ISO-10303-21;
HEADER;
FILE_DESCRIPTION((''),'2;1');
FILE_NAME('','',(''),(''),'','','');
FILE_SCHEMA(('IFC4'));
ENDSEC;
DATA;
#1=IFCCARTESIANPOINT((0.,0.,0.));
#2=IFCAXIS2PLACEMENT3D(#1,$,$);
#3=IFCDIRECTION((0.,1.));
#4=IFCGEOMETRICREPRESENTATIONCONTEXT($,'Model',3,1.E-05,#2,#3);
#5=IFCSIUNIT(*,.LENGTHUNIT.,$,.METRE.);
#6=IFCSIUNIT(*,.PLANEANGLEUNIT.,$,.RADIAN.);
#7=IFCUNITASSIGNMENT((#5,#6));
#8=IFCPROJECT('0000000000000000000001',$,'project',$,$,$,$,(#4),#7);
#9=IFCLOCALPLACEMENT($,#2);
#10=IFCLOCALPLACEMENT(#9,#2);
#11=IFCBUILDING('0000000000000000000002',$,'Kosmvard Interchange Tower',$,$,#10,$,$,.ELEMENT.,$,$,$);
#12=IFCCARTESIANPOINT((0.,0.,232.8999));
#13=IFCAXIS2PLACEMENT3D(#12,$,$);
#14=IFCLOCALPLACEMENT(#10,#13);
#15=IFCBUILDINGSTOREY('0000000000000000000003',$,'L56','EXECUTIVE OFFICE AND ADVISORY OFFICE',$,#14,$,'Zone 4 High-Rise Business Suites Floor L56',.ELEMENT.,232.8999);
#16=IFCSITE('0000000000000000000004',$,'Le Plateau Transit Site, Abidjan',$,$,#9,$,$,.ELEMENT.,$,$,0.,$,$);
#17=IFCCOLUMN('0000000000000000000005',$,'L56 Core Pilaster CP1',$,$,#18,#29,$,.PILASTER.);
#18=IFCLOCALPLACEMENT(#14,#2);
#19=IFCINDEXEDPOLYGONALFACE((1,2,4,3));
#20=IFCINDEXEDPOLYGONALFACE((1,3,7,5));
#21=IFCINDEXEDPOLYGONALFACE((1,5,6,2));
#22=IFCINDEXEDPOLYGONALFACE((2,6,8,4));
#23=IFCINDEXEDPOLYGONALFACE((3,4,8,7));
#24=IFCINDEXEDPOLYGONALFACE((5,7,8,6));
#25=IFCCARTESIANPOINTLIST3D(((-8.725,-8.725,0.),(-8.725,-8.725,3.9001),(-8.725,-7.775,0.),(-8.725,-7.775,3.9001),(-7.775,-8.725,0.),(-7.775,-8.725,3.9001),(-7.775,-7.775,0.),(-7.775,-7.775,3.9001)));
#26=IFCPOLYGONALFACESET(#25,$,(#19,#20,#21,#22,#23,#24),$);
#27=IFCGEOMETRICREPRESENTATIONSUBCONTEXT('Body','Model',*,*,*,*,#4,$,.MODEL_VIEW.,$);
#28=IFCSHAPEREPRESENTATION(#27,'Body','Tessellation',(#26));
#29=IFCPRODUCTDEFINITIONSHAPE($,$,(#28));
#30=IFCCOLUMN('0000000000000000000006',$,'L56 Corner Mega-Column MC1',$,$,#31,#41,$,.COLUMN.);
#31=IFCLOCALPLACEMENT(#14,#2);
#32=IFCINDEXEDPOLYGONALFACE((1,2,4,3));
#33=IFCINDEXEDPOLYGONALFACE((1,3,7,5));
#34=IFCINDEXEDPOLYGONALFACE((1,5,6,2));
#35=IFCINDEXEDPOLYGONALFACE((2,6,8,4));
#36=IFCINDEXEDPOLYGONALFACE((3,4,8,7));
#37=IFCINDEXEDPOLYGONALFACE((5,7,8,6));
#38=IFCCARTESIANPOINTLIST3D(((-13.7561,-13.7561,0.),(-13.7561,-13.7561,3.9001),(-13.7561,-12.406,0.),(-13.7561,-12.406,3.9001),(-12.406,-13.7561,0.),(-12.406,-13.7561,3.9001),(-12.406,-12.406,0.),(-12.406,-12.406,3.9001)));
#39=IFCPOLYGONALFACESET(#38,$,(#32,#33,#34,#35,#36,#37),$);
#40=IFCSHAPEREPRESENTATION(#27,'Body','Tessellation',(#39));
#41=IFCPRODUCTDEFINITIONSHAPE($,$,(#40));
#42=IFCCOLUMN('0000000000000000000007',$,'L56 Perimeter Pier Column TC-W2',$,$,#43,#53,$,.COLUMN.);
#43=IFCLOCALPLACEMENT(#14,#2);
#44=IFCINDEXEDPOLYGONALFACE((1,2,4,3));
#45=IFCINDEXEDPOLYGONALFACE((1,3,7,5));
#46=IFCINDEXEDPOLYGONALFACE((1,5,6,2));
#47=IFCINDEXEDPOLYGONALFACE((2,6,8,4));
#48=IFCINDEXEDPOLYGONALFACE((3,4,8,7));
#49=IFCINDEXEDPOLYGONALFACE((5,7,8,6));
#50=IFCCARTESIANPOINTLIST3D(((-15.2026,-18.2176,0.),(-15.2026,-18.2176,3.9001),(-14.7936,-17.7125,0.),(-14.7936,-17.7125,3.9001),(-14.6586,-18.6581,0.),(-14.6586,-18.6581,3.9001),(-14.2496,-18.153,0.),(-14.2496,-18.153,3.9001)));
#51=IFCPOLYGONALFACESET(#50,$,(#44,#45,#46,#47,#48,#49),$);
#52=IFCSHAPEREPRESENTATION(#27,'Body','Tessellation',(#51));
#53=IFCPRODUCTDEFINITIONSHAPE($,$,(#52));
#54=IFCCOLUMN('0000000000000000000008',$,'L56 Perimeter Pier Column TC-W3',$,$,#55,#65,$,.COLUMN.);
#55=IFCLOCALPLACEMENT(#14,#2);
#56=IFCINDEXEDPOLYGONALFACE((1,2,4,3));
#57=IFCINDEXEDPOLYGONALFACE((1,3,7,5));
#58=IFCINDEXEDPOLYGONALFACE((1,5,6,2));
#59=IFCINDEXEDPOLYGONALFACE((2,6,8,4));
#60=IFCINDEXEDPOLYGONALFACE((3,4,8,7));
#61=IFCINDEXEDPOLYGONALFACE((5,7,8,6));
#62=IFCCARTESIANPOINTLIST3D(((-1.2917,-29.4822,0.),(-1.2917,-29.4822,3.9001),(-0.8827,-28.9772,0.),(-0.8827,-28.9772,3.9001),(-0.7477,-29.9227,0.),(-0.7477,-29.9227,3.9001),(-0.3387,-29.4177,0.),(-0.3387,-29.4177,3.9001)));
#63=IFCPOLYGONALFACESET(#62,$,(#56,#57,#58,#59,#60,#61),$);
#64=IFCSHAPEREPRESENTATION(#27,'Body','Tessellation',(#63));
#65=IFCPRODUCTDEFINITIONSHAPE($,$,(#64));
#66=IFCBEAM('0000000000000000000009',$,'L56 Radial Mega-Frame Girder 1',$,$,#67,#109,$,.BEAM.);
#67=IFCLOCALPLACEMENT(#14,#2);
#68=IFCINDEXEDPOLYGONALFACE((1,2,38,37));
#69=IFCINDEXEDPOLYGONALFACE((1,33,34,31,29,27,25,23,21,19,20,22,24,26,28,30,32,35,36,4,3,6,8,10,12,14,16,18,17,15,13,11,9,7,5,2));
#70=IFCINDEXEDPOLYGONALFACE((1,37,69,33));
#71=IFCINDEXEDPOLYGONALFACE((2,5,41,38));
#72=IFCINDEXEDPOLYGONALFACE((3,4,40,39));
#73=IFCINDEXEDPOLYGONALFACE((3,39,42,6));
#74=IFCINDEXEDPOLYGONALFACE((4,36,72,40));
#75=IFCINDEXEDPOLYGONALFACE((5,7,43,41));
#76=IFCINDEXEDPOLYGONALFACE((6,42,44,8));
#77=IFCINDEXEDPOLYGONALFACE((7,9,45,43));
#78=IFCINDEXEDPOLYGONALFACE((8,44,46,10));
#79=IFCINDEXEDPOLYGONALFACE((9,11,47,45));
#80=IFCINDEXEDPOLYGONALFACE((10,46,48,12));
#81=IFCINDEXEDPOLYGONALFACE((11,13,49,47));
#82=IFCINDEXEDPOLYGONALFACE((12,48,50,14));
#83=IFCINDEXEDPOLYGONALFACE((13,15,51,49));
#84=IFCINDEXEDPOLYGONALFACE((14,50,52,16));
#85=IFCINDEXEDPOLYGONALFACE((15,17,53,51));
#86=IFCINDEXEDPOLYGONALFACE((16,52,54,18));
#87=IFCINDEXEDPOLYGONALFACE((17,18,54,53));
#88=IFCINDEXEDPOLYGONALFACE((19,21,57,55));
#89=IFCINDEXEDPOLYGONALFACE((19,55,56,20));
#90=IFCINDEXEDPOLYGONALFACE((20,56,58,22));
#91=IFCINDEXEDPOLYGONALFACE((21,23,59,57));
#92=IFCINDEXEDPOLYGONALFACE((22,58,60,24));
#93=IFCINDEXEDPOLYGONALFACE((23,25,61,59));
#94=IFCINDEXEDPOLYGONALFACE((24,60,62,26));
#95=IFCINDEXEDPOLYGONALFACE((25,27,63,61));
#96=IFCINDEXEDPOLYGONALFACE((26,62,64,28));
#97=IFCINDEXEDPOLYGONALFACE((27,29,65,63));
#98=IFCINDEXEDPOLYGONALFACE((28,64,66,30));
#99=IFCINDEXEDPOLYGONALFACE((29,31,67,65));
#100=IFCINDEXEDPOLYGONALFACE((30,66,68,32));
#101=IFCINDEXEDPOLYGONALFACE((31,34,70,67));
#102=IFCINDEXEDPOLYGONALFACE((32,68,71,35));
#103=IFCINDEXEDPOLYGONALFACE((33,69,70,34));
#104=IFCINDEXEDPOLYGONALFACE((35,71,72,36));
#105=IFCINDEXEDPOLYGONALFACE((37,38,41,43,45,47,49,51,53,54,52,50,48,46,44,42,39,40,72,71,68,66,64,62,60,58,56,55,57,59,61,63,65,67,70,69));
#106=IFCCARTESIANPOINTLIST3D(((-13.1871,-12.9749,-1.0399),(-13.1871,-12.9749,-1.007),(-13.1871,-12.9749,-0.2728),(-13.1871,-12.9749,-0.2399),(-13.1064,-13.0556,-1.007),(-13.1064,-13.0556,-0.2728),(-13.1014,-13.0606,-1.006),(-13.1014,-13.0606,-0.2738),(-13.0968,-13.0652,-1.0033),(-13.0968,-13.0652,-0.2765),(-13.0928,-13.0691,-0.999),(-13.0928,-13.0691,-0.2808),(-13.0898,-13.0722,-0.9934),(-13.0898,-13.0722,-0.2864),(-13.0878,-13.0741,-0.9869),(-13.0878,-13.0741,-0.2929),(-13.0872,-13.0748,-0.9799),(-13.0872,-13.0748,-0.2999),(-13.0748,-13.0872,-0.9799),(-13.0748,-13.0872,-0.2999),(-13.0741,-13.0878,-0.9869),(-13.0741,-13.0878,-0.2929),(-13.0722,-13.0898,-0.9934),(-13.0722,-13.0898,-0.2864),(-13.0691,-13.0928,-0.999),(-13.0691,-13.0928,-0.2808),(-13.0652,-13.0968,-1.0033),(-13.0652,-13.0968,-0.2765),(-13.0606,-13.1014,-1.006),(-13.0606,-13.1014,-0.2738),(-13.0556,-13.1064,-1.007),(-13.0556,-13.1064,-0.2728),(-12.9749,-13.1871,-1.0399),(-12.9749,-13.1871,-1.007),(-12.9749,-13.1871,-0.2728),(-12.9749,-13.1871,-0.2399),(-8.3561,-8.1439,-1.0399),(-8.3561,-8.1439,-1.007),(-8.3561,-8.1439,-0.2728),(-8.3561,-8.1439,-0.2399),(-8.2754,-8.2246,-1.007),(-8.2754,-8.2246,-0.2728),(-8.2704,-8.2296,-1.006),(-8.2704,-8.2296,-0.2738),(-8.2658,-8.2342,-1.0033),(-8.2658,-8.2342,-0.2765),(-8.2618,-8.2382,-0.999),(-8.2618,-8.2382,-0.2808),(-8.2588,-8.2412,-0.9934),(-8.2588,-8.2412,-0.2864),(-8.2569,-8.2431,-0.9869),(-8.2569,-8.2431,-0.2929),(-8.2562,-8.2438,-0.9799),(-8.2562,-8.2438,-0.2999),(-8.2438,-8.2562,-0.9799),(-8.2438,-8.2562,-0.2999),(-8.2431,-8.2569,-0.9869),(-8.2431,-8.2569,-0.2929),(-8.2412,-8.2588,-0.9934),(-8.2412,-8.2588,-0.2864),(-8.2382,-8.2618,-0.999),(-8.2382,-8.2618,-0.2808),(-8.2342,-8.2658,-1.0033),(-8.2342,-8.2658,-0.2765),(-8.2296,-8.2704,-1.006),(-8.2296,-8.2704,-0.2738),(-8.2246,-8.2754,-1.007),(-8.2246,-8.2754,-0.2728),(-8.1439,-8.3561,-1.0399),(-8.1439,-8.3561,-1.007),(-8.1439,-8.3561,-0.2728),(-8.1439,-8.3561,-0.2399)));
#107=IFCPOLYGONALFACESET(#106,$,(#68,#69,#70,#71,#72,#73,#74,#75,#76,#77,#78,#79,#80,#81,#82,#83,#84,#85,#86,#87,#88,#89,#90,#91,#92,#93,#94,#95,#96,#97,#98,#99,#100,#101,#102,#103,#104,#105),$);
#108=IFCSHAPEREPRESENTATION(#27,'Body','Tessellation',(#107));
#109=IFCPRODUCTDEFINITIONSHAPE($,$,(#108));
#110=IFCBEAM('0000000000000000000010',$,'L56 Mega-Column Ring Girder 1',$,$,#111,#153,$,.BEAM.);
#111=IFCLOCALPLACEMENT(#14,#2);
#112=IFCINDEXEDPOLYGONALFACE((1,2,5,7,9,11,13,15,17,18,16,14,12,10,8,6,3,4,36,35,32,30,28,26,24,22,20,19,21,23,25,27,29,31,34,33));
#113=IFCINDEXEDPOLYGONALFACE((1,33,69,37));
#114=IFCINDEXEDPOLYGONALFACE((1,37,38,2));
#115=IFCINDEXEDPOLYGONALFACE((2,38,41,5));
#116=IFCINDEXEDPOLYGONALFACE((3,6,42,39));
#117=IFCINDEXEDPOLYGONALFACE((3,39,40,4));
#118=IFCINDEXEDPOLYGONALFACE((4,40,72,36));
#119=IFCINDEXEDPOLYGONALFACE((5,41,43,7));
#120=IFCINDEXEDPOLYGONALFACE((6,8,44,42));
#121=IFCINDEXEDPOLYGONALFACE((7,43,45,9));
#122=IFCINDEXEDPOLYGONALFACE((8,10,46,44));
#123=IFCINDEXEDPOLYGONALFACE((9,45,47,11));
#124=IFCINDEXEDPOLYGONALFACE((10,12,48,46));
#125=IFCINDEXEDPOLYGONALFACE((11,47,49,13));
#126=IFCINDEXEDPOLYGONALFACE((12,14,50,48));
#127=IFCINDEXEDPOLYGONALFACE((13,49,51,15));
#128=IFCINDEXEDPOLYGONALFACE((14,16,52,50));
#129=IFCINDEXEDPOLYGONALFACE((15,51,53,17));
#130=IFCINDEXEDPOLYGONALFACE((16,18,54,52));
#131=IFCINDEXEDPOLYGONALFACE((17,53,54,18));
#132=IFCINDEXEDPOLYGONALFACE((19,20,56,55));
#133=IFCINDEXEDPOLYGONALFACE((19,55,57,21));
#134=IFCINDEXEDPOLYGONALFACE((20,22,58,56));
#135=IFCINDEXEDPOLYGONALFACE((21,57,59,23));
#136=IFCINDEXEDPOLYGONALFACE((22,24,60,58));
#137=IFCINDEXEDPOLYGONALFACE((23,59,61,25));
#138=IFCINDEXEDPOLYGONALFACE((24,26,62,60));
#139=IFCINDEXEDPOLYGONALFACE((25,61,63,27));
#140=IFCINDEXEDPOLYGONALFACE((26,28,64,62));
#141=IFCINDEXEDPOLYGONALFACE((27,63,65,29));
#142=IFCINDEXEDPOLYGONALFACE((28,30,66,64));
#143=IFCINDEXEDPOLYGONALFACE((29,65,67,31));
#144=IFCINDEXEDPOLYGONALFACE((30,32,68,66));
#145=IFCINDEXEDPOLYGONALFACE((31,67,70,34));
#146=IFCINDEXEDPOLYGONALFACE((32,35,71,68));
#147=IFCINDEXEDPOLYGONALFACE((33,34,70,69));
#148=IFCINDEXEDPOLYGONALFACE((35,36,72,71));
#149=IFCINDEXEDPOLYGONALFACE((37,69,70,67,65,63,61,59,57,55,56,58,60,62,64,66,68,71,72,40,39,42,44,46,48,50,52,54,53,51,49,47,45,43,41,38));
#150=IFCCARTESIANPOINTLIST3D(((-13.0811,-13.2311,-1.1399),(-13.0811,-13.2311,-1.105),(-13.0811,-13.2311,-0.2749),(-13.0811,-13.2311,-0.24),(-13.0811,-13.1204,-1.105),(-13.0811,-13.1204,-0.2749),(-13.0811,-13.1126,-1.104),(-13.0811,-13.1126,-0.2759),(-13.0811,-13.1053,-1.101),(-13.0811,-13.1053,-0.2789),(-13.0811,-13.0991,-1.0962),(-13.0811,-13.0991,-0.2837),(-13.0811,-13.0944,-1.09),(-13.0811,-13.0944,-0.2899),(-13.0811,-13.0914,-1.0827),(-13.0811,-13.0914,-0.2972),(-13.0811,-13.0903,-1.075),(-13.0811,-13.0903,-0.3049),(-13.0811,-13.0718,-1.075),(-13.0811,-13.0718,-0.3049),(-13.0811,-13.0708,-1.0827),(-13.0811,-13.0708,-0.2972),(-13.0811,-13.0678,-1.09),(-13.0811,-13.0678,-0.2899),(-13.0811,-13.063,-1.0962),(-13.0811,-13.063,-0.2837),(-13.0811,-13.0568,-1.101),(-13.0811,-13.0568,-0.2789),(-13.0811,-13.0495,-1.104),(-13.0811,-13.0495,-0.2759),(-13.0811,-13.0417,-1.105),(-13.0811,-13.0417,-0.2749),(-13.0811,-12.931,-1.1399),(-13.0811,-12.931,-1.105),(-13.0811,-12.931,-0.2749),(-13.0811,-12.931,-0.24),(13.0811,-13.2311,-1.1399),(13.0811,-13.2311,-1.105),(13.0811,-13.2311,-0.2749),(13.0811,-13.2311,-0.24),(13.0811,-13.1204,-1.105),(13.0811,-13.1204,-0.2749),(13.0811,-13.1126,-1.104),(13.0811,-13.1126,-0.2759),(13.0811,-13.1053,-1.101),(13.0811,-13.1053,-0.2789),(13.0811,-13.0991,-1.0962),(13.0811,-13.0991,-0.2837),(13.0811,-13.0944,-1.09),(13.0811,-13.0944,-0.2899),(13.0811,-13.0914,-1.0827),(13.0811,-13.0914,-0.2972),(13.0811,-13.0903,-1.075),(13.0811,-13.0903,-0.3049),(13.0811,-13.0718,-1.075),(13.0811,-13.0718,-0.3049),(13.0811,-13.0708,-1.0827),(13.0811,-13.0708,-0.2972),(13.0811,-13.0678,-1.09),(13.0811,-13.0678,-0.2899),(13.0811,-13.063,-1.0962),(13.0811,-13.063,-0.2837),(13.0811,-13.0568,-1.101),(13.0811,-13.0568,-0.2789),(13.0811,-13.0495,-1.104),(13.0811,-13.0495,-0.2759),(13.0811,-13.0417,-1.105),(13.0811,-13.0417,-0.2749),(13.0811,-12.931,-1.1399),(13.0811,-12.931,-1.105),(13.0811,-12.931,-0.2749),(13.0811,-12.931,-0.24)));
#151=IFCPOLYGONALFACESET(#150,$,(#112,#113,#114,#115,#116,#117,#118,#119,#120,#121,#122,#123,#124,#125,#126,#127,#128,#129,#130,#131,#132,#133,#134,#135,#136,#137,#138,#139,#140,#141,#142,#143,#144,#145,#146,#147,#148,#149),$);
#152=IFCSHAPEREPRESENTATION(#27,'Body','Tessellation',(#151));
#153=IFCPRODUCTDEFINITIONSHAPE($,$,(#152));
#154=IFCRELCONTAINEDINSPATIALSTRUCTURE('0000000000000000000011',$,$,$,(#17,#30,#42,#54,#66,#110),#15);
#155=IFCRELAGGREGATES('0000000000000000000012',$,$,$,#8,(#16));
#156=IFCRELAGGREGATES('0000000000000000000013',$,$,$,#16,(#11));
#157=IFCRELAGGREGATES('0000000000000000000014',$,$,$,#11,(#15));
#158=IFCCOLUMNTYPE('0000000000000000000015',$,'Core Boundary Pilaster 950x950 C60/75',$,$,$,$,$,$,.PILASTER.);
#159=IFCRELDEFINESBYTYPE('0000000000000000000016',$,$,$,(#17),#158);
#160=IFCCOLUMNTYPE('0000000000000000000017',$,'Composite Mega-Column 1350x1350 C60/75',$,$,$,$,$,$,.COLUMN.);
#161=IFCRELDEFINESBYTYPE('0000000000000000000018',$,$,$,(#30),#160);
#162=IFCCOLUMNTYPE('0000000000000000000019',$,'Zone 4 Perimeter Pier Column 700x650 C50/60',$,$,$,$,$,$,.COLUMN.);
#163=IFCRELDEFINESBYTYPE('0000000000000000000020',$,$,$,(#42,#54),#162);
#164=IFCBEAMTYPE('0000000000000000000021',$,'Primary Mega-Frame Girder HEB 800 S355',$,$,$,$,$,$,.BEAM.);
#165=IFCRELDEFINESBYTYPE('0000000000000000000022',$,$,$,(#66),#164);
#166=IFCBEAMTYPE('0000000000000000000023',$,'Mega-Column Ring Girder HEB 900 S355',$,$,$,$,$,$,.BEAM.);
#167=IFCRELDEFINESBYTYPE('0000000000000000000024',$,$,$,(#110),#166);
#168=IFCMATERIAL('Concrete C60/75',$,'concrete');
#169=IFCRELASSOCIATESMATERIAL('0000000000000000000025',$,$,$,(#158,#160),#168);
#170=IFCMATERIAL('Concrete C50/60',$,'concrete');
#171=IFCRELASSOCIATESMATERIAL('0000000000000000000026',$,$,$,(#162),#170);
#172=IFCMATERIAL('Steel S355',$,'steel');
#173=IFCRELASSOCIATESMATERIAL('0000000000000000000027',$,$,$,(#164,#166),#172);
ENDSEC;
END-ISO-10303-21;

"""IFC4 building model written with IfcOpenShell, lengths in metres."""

from ifc_helpers import new_model, si_unit, direction, frame, origin, origin_2d, place, context, subcontext, project, spatial, rectangle, i_section, extrude, source, transform, mapped, material, material_profile, profile_set, type_object, element, save


model = new_model("IFC4")

# Units and contexts
model_context = context("Model", 3, precision=1e-05, world=origin(), true_north=direction((0.0, 1.0)))
body_context = subcontext(model_context, "Body", "Model", "MODEL_VIEW")
ifc_project = project(units=[si_unit("LENGTHUNIT", "METRE"), si_unit("PLANEANGLEUNIT", "RADIAN")], contexts=[model_context])

# Site, building, storey
site_placement = place(None, origin())
site = spatial("IfcSite", under=ifc_project, at=site_placement, Name="Le Plateau Transit Site, Abidjan", CompositionType="ELEMENT", RefElevation=0.0)
building_placement = place(site_placement, origin())
building = spatial("IfcBuilding", under=site, at=building_placement, Name="Kosmvard Interchange Tower", CompositionType="ELEMENT")
storey_placement = place(building_placement, frame((0.0, 0.0, 232.8999)))
storey = spatial("IfcBuildingStorey", under=building, at=storey_placement, Name="L56", Description="EXECUTIVE OFFICE AND ADVISORY OFFICE", LongName="Zone 4 High-Rise Business Suites Floor L56", CompositionType="ELEMENT", Elevation=232.8999)

# Columns
ifc_material_1 = material(Name="Concrete C60/75", Category="concrete")
ifc_material_profile_1 = material_profile(ifc_material_1, rectangle(XDim=0.95, YDim=0.95, at=origin_2d()), Name="CP 950x950")
ifc_profile_set_1 = profile_set([ifc_material_profile_1], Name="Concrete C60/75")
column_type_1 = type_object("IfcColumnType", Name="Core Boundary Pilaster 950x950 C60/75", PredefinedType="PILASTER", material=ifc_profile_set_1)
shared_shape_1 = source(origin(), body_context, "Body", "SweptSolid", [
    extrude(rectangle(XDim=0.95, YDim=0.95, at=origin_2d()), origin(), (0.0, 0.0, 1.0), 3.9001),
])
column_1_placement = place(storey_placement, frame((-8.25, -8.25, 0.0), z_axis=(0.0, 0.0, 1.0), x_axis=(1.0, 0.0, 0.0)))
element("IfcColumn", 1, at=column_1_placement, inside=storey, type_object=column_type_1, Name="L56 Core Pilaster CP1", PredefinedType="PILASTER", context=body_context, shape_type="MappedRepresentation", body=[
    mapped(shared_shape_1, transform((0.0, 0.0, 0.0), scale=1.0)),
])
ifc_material_profile_2 = material_profile(ifc_material_1, rectangle(XDim=1.3501, YDim=1.3501, at=origin_2d()), Name="MC 1350x1350")
ifc_profile_set_2 = profile_set([ifc_material_profile_2], Name="Concrete C60/75")
column_type_2 = type_object("IfcColumnType", Name="Composite Mega-Column 1350x1350 C60/75", PredefinedType="COLUMN", material=ifc_profile_set_2)
shared_shape_2 = source(origin(), body_context, "Body", "SweptSolid", [
    extrude(rectangle(XDim=1.3501, YDim=1.3501, at=origin_2d()), origin(), (0.0, 0.0, 1.0), 3.9001),
])
column_2_placement = place(storey_placement, frame((-13.0811, -13.0811, 0.0), z_axis=(0.0, 0.0, 1.0), x_axis=(1.0, 0.0, 0.0)))
element("IfcColumn", 2, at=column_2_placement, inside=storey, type_object=column_type_2, Name="L56 Corner Mega-Column MC1", PredefinedType="COLUMN", context=body_context, shape_type="MappedRepresentation", body=[
    mapped(shared_shape_2, transform((0.0, 0.0, 0.0), scale=1.0)),
])
ifc_material_2 = material(Name="Concrete C50/60", Category="concrete")
ifc_material_profile_3 = material_profile(ifc_material_2, rectangle(XDim=0.6499, YDim=0.7, at=origin_2d()), Name="TC 700x650")
ifc_profile_set_3 = profile_set([ifc_material_profile_3], Name="Concrete C50/60")
column_type_3 = type_object("IfcColumnType", Name="Zone 4 Perimeter Pier Column 700x650 C50/60", PredefinedType="COLUMN", material=ifc_profile_set_3)
shared_shape_3 = source(origin(), body_context, "Body", "SweptSolid", [
    extrude(rectangle(XDim=0.6499, YDim=0.7, at=origin_2d()), origin(), (0.0, 0.0, 1.0), 3.9001),
])
for number, where, z_axis, x_axis, name in (
    (3, (-14.7261, -18.1853, 0.0), (0.0, 0.0, 1.0), (0.62932, 0.777146, 0.0), "L56 Perimeter Pier Column TC-W2"),
    (4, (-0.8152, -29.45, 0.0), (0.0, 0.0, 1.0), (0.62932, 0.777146, 0.0), "L56 Perimeter Pier Column TC-W3"),
):
    element("IfcColumn", number, at=place(storey_placement, frame(where, z_axis=z_axis, x_axis=x_axis)), inside=storey, type_object=column_type_3, Name=name, PredefinedType="COLUMN", context=body_context, shape_type="MappedRepresentation", body=[
        mapped(shared_shape_3, transform((0.0, 0.0, 0.0), scale=1.0)),
    ])

# Beams
ifc_material_3 = material(Name="Steel S355", Category="steel")
ifc_material_profile_4 = material_profile(ifc_material_3, i_section(OverallWidth=0.3, OverallDepth=0.8, WebThickness=0.0176, FlangeThickness=0.033, FilletRadius=0.0271, at=origin_2d()), Name="HEB 800")
ifc_profile_set_4 = profile_set([ifc_material_profile_4], Name="Steel S355")
beam_type_1 = type_object("IfcBeamType", Name="Primary Mega-Frame Girder HEB 800 S355", PredefinedType="BEAM", material=ifc_profile_set_4)
shared_shape_4 = source(origin(), body_context, "Body", "SweptSolid", [
    extrude(i_section(OverallWidth=0.3, OverallDepth=0.8, WebThickness=0.0176, FlangeThickness=0.033, FilletRadius=0.0271, at=origin_2d()), origin(), (0.0, 0.0, 1.0), 6.832),
])
beam_1_placement = place(storey_placement, frame((-8.25, -8.25, -0.6399), z_axis=(-0.707107, -0.707107, 0.0), x_axis=(0.707107, -0.707107, 0.0)))
element("IfcBeam", 5, at=beam_1_placement, inside=storey, type_object=beam_type_1, Name="L56 Radial Mega-Frame Girder 1", PredefinedType="BEAM", context=body_context, shape_type="MappedRepresentation", body=[
    mapped(shared_shape_4, transform((0.0, 0.0, 0.0), scale=1.0)),
])
ifc_material_profile_5 = material_profile(ifc_material_3, i_section(OverallWidth=0.3, OverallDepth=0.8999, WebThickness=0.0186, FlangeThickness=0.0349, FilletRadius=0.03, at=origin_2d()), Name="HEB 900")
ifc_profile_set_5 = profile_set([ifc_material_profile_5], Name="Steel S355")
beam_type_2 = type_object("IfcBeamType", Name="Mega-Column Ring Girder HEB 900 S355", PredefinedType="BEAM", material=ifc_profile_set_5)
shared_shape_5 = source(origin(), body_context, "Body", "SweptSolid", [
    extrude(i_section(OverallWidth=0.3, OverallDepth=0.8999, WebThickness=0.0186, FlangeThickness=0.0349, FilletRadius=0.03, at=origin_2d()), origin(), (0.0, 0.0, 1.0), 26.1621),
])
beam_2_placement = place(storey_placement, frame((-13.0811, -13.0811, -0.6899), z_axis=(1.0, 0.0, 0.0), x_axis=(0.0, 1.0, 0.0)))
element("IfcBeam", 6, at=beam_2_placement, inside=storey, type_object=beam_type_2, Name="L56 Mega-Column Ring Girder 1", PredefinedType="BEAM", context=body_context, shape_type="MappedRepresentation", body=[
    mapped(shared_shape_5, transform((0.0, 0.0, 0.0), scale=1.0)),
])

save(model, "model.ifc")
